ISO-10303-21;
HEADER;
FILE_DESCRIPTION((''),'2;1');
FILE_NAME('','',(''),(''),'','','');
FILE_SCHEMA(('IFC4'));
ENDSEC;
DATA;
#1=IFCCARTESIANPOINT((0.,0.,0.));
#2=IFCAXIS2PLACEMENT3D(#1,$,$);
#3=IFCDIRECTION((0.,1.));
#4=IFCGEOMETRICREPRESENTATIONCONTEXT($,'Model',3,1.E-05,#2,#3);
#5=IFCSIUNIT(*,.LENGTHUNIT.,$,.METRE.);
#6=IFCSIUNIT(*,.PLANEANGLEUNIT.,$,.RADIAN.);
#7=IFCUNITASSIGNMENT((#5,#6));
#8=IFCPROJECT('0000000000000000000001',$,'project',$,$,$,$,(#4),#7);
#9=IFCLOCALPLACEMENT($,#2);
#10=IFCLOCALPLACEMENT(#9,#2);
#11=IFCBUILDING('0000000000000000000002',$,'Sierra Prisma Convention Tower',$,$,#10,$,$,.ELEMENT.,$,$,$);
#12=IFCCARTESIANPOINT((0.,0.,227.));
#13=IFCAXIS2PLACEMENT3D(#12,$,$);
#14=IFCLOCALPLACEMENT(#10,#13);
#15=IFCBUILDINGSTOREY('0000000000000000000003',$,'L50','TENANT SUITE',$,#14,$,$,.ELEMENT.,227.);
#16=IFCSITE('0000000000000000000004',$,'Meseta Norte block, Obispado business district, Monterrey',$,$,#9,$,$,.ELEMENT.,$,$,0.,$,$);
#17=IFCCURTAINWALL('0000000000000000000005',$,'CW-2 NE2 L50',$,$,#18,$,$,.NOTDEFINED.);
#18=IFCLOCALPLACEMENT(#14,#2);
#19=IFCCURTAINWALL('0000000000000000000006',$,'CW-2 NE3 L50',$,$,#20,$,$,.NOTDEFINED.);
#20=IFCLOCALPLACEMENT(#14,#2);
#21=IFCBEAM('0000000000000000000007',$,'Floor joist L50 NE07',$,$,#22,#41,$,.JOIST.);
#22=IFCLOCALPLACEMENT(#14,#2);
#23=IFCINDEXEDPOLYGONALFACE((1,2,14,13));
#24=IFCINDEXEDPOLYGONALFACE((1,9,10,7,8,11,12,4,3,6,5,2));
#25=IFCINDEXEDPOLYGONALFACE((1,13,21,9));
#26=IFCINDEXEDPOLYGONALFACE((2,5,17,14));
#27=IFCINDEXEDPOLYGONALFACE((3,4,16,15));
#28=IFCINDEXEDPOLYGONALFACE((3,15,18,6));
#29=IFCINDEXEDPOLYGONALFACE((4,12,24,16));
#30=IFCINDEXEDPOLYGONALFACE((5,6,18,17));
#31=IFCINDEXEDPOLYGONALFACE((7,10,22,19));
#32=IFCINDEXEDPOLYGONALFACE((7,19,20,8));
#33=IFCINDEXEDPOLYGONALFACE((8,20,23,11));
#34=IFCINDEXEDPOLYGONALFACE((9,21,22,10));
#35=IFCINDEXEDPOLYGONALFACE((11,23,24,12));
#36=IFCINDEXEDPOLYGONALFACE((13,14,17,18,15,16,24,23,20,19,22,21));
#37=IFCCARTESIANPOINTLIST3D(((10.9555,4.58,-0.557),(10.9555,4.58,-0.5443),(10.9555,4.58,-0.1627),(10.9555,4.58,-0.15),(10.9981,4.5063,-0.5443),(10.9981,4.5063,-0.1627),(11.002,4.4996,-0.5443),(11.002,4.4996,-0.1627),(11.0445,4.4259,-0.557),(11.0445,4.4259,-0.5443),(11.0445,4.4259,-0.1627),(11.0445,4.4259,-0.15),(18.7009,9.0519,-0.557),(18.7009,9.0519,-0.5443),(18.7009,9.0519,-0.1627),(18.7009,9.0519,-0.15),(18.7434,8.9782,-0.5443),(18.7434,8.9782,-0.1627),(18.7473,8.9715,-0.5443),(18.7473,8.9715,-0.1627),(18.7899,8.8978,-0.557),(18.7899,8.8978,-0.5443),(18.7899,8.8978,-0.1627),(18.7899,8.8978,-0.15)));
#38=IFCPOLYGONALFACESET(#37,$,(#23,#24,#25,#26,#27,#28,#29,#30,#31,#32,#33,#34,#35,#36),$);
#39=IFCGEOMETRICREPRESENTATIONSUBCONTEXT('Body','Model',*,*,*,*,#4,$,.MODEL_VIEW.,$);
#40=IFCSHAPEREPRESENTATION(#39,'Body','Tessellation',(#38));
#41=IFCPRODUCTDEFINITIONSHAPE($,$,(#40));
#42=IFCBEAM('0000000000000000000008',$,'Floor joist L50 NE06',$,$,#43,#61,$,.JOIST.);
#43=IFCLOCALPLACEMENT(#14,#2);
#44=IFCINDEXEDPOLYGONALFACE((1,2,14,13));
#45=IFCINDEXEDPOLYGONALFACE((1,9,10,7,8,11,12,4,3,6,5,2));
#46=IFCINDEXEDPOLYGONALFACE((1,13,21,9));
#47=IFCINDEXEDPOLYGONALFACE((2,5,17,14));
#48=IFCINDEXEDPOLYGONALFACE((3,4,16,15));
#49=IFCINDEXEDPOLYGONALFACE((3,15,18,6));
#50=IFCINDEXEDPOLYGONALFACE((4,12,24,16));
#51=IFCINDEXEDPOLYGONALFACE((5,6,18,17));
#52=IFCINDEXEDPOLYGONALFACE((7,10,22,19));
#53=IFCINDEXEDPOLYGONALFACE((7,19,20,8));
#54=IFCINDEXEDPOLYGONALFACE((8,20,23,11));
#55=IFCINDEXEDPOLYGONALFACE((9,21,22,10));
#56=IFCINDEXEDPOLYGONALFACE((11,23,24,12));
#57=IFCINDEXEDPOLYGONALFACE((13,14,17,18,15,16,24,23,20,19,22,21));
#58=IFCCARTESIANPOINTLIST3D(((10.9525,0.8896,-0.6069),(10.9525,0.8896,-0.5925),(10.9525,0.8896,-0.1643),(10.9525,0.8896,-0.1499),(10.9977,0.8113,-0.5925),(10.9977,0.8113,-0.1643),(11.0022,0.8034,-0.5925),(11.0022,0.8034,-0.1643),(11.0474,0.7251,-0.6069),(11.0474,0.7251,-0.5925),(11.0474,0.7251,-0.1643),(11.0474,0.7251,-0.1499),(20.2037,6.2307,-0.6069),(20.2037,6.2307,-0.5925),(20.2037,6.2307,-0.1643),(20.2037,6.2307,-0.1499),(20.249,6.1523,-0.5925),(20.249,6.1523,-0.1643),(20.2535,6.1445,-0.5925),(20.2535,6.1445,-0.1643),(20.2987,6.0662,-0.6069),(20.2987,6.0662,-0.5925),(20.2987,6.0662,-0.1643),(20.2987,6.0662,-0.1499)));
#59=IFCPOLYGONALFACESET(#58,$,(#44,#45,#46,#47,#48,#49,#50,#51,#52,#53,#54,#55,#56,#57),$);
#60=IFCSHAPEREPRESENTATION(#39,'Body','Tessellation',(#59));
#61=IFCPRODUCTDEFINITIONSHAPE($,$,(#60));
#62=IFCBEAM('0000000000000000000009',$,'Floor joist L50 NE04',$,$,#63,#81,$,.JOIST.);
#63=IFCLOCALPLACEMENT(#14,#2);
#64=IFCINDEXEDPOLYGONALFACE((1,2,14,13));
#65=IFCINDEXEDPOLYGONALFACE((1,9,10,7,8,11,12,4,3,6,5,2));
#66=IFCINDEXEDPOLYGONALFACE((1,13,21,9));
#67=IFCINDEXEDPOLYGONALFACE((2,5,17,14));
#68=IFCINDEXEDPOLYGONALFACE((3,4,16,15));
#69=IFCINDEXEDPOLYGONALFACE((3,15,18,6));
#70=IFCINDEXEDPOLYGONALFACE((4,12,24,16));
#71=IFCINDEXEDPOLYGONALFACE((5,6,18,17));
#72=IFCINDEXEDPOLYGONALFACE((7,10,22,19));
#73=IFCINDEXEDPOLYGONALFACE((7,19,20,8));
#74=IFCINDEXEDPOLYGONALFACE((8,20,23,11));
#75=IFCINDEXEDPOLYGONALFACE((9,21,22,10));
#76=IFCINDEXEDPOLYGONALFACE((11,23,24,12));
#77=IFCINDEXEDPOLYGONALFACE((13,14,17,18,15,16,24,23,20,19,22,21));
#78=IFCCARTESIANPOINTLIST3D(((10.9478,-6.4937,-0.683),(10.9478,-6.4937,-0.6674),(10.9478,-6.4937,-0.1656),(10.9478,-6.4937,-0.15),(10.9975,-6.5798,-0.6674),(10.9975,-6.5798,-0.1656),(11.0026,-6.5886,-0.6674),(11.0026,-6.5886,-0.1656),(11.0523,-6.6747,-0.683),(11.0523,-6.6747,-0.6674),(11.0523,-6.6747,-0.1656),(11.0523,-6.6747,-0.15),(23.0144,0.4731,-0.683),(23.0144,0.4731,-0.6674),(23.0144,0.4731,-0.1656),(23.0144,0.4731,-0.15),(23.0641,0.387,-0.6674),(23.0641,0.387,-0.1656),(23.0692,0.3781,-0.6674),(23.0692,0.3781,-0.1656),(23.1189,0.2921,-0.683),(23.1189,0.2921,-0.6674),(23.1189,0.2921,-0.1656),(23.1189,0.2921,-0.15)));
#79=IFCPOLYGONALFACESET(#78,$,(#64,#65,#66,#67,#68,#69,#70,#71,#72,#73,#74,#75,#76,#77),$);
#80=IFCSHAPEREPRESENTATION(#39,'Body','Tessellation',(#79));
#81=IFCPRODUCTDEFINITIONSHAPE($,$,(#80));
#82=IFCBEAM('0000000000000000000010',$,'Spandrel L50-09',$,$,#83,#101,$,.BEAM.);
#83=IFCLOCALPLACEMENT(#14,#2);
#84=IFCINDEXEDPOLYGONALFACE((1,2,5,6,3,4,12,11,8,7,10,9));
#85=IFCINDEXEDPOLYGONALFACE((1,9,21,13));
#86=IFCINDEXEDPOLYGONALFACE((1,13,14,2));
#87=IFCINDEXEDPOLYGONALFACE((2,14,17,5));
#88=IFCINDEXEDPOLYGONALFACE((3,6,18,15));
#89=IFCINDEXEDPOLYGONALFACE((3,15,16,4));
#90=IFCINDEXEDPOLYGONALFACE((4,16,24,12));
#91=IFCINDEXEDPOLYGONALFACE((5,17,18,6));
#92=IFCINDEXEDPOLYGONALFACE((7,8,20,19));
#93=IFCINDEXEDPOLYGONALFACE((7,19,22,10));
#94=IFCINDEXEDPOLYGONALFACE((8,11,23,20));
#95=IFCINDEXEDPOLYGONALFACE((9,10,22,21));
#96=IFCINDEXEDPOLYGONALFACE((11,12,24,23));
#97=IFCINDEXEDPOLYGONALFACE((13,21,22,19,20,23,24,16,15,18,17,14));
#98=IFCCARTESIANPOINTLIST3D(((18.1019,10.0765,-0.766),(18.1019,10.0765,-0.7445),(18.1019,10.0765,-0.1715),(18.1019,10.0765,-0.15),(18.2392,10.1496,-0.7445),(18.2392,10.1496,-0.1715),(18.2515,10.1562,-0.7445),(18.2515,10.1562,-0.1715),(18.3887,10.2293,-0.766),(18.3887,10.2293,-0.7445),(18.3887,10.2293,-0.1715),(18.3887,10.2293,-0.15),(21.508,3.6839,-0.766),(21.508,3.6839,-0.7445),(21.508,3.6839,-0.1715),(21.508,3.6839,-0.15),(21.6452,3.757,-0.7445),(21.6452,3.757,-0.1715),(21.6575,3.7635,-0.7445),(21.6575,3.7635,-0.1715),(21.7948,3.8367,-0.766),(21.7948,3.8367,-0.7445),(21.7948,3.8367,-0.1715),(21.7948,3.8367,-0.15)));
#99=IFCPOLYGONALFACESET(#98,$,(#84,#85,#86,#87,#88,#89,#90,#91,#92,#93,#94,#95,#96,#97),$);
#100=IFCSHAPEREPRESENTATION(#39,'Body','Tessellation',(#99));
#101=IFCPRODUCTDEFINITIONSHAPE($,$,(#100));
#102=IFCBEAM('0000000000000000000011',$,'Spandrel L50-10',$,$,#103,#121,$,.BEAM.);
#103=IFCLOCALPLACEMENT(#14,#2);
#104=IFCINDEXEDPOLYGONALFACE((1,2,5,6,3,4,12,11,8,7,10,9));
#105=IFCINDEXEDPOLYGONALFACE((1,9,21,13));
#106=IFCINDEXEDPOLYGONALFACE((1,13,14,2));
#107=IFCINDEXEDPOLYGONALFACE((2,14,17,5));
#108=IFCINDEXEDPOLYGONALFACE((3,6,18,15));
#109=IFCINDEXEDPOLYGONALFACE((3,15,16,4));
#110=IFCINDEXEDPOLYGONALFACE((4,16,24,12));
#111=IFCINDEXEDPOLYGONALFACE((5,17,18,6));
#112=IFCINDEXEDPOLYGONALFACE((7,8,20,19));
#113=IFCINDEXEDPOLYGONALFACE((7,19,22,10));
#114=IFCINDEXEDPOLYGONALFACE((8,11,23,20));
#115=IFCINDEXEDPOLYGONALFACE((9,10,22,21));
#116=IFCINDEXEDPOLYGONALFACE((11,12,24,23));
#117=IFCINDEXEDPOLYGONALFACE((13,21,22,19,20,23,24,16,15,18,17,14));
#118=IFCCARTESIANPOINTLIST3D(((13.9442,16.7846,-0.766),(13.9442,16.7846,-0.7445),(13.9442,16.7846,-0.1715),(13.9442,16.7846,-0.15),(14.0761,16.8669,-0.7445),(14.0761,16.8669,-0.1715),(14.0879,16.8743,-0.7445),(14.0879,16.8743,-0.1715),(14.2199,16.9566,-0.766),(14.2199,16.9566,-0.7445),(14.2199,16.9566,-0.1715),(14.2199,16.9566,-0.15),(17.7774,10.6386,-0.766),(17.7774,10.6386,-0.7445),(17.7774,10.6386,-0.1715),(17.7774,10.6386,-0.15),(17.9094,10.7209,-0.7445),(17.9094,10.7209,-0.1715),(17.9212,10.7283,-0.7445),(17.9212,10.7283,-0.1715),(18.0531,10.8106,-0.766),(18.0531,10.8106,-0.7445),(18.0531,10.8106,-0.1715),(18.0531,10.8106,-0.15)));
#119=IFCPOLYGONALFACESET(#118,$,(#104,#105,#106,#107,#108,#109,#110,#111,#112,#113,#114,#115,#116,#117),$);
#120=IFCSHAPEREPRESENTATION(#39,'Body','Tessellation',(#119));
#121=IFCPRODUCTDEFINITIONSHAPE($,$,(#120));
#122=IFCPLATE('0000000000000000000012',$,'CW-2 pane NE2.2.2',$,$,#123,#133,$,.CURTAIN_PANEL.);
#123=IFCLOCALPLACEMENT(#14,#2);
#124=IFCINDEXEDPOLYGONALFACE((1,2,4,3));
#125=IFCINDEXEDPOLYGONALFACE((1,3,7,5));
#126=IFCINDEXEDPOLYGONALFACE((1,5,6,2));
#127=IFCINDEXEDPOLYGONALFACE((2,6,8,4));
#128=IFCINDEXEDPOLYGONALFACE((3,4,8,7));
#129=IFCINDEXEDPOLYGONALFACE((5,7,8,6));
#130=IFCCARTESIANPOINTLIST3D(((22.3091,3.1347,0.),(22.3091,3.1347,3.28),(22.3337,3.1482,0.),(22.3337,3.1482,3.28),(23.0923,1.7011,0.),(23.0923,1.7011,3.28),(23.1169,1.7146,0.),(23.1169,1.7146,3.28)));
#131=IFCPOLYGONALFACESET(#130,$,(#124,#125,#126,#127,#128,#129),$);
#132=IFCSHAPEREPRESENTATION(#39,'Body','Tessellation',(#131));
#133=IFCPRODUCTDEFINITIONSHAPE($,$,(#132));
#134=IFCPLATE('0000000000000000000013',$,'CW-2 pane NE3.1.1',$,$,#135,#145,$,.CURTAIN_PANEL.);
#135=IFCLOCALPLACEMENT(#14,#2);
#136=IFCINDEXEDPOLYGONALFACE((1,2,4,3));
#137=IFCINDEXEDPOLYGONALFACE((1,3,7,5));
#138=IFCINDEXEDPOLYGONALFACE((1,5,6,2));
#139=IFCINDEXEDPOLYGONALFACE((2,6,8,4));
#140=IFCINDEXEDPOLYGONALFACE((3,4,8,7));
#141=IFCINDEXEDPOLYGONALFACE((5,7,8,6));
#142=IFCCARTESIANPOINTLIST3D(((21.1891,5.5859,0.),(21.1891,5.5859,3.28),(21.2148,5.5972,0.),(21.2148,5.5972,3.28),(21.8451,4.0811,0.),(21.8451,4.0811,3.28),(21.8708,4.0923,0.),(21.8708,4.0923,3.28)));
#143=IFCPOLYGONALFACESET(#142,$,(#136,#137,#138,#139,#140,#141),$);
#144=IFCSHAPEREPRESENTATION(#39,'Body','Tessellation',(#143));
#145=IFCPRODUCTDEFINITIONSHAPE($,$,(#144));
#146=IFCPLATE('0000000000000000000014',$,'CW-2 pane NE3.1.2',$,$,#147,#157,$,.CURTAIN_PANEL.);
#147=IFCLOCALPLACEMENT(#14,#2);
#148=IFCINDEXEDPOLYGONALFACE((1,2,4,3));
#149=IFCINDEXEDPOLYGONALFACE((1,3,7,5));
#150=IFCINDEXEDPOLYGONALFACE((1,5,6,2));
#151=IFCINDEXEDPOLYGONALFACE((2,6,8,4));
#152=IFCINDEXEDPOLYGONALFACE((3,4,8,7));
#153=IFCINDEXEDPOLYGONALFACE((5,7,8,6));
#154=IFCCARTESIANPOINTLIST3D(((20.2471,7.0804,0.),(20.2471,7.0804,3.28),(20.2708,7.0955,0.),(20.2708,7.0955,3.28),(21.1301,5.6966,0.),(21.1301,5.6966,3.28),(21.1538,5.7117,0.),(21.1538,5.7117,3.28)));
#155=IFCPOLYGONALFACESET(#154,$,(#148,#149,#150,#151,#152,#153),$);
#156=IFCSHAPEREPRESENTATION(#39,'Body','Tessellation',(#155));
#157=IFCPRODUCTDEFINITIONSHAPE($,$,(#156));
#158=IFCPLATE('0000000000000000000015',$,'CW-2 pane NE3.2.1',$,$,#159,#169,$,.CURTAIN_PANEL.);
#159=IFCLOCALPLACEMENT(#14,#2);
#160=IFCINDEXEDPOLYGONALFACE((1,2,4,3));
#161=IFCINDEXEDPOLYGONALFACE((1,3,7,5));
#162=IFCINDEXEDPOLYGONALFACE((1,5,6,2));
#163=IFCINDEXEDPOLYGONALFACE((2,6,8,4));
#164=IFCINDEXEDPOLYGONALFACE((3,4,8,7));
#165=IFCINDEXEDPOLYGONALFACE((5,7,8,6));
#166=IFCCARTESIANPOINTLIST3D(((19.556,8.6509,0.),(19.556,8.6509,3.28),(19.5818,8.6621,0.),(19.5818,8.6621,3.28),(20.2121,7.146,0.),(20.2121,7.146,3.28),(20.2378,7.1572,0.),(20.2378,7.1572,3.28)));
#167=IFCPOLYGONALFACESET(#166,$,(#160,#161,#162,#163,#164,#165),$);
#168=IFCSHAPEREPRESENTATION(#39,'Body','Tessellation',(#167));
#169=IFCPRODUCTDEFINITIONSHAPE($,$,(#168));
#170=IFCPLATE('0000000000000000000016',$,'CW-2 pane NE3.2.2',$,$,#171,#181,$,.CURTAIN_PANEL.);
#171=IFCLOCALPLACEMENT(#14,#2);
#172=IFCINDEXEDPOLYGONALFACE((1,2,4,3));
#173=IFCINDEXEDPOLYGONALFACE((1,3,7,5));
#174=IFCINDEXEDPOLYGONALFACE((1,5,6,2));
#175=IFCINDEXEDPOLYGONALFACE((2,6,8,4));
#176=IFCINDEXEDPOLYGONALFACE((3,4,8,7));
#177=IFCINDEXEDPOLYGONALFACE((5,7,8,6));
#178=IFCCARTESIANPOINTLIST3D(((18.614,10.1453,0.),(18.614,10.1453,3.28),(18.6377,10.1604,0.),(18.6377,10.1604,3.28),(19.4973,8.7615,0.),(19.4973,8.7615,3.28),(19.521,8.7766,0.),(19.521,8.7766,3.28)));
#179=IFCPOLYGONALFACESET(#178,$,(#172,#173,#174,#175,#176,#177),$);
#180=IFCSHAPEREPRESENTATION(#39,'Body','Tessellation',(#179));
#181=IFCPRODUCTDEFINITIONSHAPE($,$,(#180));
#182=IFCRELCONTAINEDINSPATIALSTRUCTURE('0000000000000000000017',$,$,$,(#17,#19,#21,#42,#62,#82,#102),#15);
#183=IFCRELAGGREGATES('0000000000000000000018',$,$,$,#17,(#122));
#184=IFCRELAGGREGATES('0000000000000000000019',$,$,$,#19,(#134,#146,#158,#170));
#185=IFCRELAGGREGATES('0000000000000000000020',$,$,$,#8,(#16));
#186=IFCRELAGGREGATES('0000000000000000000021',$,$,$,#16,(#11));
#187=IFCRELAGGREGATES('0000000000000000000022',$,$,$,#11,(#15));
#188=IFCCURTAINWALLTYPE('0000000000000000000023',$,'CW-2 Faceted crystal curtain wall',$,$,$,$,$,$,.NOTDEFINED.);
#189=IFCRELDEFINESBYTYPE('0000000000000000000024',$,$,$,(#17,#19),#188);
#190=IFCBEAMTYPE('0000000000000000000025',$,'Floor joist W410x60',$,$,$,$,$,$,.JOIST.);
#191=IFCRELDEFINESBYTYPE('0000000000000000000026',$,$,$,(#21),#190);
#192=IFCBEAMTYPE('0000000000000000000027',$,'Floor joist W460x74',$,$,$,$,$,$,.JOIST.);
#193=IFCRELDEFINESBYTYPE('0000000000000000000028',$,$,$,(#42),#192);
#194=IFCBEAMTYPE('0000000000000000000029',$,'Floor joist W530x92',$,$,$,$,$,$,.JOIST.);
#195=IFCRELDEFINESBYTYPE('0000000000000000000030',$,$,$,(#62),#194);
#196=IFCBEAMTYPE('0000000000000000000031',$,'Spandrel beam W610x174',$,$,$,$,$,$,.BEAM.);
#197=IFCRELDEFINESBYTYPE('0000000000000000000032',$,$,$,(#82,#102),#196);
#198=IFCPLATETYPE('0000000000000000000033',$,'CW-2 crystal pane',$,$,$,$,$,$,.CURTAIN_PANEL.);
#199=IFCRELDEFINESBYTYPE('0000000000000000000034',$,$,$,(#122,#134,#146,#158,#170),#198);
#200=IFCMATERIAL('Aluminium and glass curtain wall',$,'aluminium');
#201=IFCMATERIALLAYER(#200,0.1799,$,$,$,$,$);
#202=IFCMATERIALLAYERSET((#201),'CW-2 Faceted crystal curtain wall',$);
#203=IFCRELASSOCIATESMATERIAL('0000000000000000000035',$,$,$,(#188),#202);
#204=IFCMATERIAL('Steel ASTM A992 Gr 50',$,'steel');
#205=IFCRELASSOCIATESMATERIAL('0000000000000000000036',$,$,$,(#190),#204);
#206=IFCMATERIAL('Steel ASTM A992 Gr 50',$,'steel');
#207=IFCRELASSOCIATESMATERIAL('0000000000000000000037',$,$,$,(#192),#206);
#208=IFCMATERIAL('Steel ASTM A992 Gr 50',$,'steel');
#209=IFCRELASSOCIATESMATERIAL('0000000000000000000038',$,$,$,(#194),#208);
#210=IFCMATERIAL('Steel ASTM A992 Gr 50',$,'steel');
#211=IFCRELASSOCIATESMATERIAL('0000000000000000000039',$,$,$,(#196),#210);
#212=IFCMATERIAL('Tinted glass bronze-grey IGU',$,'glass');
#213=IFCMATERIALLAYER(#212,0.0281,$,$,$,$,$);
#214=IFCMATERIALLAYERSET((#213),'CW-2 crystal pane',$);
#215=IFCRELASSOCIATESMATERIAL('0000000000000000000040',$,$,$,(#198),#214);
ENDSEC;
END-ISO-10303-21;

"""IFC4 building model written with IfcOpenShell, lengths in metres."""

from ifc_helpers import new_model, si_unit, direction, frame, origin, origin_2d, place, context, subcontext, project, spatial, polyline, i_section, outline, extrude, material, layer, layer_set, material_profile, profile_set, type_object, element, aggregate, save


model = new_model("IFC4")

# Units and contexts
model_context = context("Model", 3, precision=1e-05, world=origin(), true_north=direction((0.0, 1.0)))
body_context = subcontext(model_context, "Body", "Model", "MODEL_VIEW")
ifc_project = project(units=[si_unit("LENGTHUNIT", "METRE"), si_unit("PLANEANGLEUNIT", "RADIAN")], contexts=[model_context])

# Site, building, storey
site_placement = place(None, origin())
site = spatial("IfcSite", under=ifc_project, at=site_placement, Name="Meseta Norte block, Obispado business district, Monterrey", CompositionType="ELEMENT", RefElevation=0.0)
building_placement = place(site_placement, origin())
building = spatial("IfcBuilding", under=site, at=building_placement, Name="Sierra Prisma Convention Tower", CompositionType="ELEMENT")
storey_placement = place(building_placement, frame((0.0, 0.0, 227.0)))
storey = spatial("IfcBuildingStorey", under=building, at=storey_placement, Name="L50", Description="TENANT SUITE", CompositionType="ELEMENT", Elevation=227.0)

# Curtain wall
ifc_material_1 = material(Name="Aluminium and glass curtain wall", Category="aluminium")
ifc_layer_1 = layer(ifc_material_1, 0.1799)
ifc_layer_set_1 = layer_set([ifc_layer_1], Name="CW-2 Faceted crystal curtain wall")
curtain_wall_type = type_object("IfcCurtainWallType", Name="CW-2 Faceted crystal curtain wall", PredefinedType="NOTDEFINED", material=ifc_layer_set_1)
curtain_wall_1_placement = place(storey_placement, origin())
curtain_wall_1 = element("IfcCurtainWall", 1, at=curtain_wall_1_placement, inside=storey, type_object=curtain_wall_type, Name="CW-2 NE2 L50", PredefinedType="NOTDEFINED")

# Curtain wall
curtain_wall_2_placement = place(storey_placement, origin())
curtain_wall_2 = element("IfcCurtainWall", 2, at=curtain_wall_2_placement, inside=storey, type_object=curtain_wall_type, Name="CW-2 NE3 L50", PredefinedType="NOTDEFINED")

# Beams
ifc_material_2 = material(Name="Steel ASTM A992 Gr 50", Category="steel")
ifc_material_profile_1 = material_profile(ifc_material_2, i_section(OverallWidth=0.178, OverallDepth=0.407, WebThickness=0.0078, FlangeThickness=0.0127, at=origin_2d()), Name="W410x60")
ifc_profile_set_1 = profile_set([ifc_material_profile_1], Name="Steel ASTM A992 Gr 50")
beam_type_1 = type_object("IfcBeamType", Name="Floor joist W410x60", PredefinedType="JOIST", material=ifc_profile_set_1)
beam_1_placement = place(storey_placement, frame((18.7454, 8.9749, -0.3535), z_axis=(-0.866019, -0.500012, 0.0), x_axis=(0.500012, -0.866019, 0.0)))
element("IfcBeam", 3, at=beam_1_placement, inside=storey, type_object=beam_type_1, Name="Floor joist L50 NE07", PredefinedType="JOIST", context=body_context, shape_type="SweptSolid", body=[
    extrude(i_section(OverallWidth=0.178, OverallDepth=0.407, WebThickness=0.0078, FlangeThickness=0.0127, at=origin_2d()), origin(), (0.0, 0.0, 1.0), 8.9436),
])
ifc_material_3 = material(Name="Steel ASTM A992 Gr 50", Category="steel")
ifc_material_profile_2 = material_profile(ifc_material_3, i_section(OverallWidth=0.1899, OverallDepth=0.457, WebThickness=0.009, FlangeThickness=0.0144, at=origin_2d()), Name="W460x74")
ifc_profile_set_2 = profile_set([ifc_material_profile_2], Name="Steel ASTM A992 Gr 50")
beam_type_2 = type_object("IfcBeamType", Name="Floor joist W460x74", PredefinedType="JOIST", material=ifc_profile_set_2)
beam_2_placement = place(storey_placement, frame((20.2512, 6.1484, -0.3784), z_axis=(-0.866031, -0.499991, 0.0), x_axis=(0.499991, -0.866031, 0.0)))
element("IfcBeam", 4, at=beam_2_placement, inside=storey, type_object=beam_type_2, Name="Floor joist L50 NE06", PredefinedType="JOIST", context=body_context, shape_type="SweptSolid", body=[
    extrude(i_section(OverallWidth=0.1899, OverallDepth=0.457, WebThickness=0.009, FlangeThickness=0.0144, at=origin_2d()), origin(), (0.0, 0.0, 1.0), 10.6824),
])
ifc_material_4 = material(Name="Steel ASTM A992 Gr 50", Category="steel")
ifc_material_profile_3 = material_profile(ifc_material_4, i_section(OverallWidth=0.209, OverallDepth=0.533, WebThickness=0.0103, FlangeThickness=0.0156, at=origin_2d()), Name="W530x92")
ifc_profile_set_3 = profile_set([ifc_material_profile_3], Name="Steel ASTM A992 Gr 50")
beam_type_3 = type_object("IfcBeamType", Name="Floor joist W530x92", PredefinedType="JOIST", material=ifc_profile_set_3)
beam_3_placement = place(storey_placement, frame((23.0667, 0.3826, -0.4165), z_axis=(-0.866022, -0.500006, 0.0), x_axis=(0.500006, -0.866022, 0.0)))
element("IfcBeam", 5, at=beam_3_placement, inside=storey, type_object=beam_type_3, Name="Floor joist L50 NE04", PredefinedType="JOIST", context=body_context, shape_type="SweptSolid", body=[
    extrude(i_section(OverallWidth=0.209, OverallDepth=0.533, WebThickness=0.0103, FlangeThickness=0.0156, at=origin_2d()), origin(), (0.0, 0.0, 1.0), 13.9333),
])
ifc_material_5 = material(Name="Steel ASTM A992 Gr 50", Category="steel")
ifc_material_profile_4 = material_profile(ifc_material_5, i_section(OverallWidth=0.325, OverallDepth=0.616, WebThickness=0.0139, FlangeThickness=0.0215, at=origin_2d()), Name="W610x174")
ifc_profile_set_4 = profile_set([ifc_material_profile_4], Name="Steel ASTM A992 Gr 50")
beam_type_4 = type_object("IfcBeamType", Name="Spandrel beam W610x174", PredefinedType="BEAM", material=ifc_profile_set_4)
for number, where, z_axis, x_axis, name in (
    (6, (21.6514, 3.7603, -0.458), (-0.470226, 0.882546, 0.0), (-0.882546, -0.470226, 0.0), "Spandrel L50-09"),
    (7, (17.9153, 10.7246, -0.458), (-0.529205, 0.848494, 0.0), (-0.848494, -0.529205, 0.0), "Spandrel L50-10"),
):
    element("IfcBeam", number, at=place(storey_placement, frame(where, z_axis=z_axis, x_axis=x_axis)), inside=storey, type_object=beam_type_4, Name=name, PredefinedType="BEAM", context=body_context, shape_type="SweptSolid", body=[
        extrude(i_section(OverallWidth=0.325, OverallDepth=0.616, WebThickness=0.0139, FlangeThickness=0.0215, at=origin_2d()), origin(), (0.0, 0.0, 1.0), 7.2434),
    ])

# Plates
ifc_material_6 = material(Name="Tinted glass bronze-grey IGU", Category="glass")
ifc_layer_2 = layer(ifc_material_6, 0.0281)
ifc_layer_set_2 = layer_set([ifc_layer_2], Name="CW-2 crystal pane")
plate_type = type_object("IfcPlateType", Name="CW-2 crystal pane", PredefinedType="CURTAIN_PANEL", material=ifc_layer_set_2)
plate_1_placement = place(storey_placement, frame((22.3337, 3.1482, 0.0), z_axis=(0.877576, 0.479438, 0.0), x_axis=(0.479438, -0.877576, 0.0)))
plate_1 = element("IfcPlate", 8, at=plate_1_placement, type_object=plate_type, Name="CW-2 pane NE2.2.2", PredefinedType="CURTAIN_PANEL", context=body_context, shape_type="SweptSolid", body=[
    extrude(outline(polyline([(0.0, 0.0), (1.6336, 0.0), (1.6336, -3.28), (0.0, -3.28), (0.0, 0.0)])), origin(), (0.0, 0.0, -1.0), 0.0281),
])
aggregate(curtain_wall_1, [plate_1])
plate_2_placement = place(storey_placement, frame((21.8708, 4.0923, 0.0), z_axis=(0.916689, 0.399601, 0.0), x_axis=(-0.399601, 0.916689, 0.0)))
plate_2 = element("IfcPlate", 9, at=plate_2_placement, type_object=plate_type, Name="CW-2 pane NE3.1.1", PredefinedType="CURTAIN_PANEL", context=body_context, shape_type="SweptSolid", body=[
    extrude(outline(polyline([(0.0, 0.0), (1.6417, 0.0), (1.6417, 3.28), (0.0, 3.28), (0.0, 0.0)])), origin(), (0.0, 0.0, -1.0), 0.0281),
])
plate_3_placement = place(storey_placement, frame((20.2708, 7.0955, 0.0), z_axis=(0.842981, 0.537943, 0.0), x_axis=(0.537943, -0.842981, 0.0)))
plate_3 = element("IfcPlate", 10, at=plate_3_placement, type_object=plate_type, Name="CW-2 pane NE3.1.2", PredefinedType="CURTAIN_PANEL", context=body_context, shape_type="SweptSolid", body=[
    extrude(outline(polyline([(0.0, 0.0), (1.6415, 0.0), (1.6415, -3.28), (0.0, -3.28), (0.0, 0.0)])), origin(), (0.0, 0.0, -1.0), 0.0281),
])
plate_4_placement = place(storey_placement, frame((20.2378, 7.1572, 0.0), z_axis=(0.916689, 0.399601, 0.0), x_axis=(-0.399601, 0.916689, 0.0)))
plate_4 = element("IfcPlate", 11, at=plate_4_placement, type_object=plate_type, Name="CW-2 pane NE3.2.1", PredefinedType="CURTAIN_PANEL", context=body_context, shape_type="SweptSolid", body=[
    extrude(outline(polyline([(0.0, 0.0), (1.6417, 0.0), (1.6417, 3.28), (0.0, 3.28), (0.0, 0.0)])), origin(), (0.0, 0.0, -1.0), 0.0281),
])
plate_5_placement = place(storey_placement, frame((18.6377, 10.1604, 0.0), z_axis=(0.842914, 0.538049, 0.0), x_axis=(0.538049, -0.842914, 0.0)))
plate_5 = element("IfcPlate", 12, at=plate_5_placement, type_object=plate_type, Name="CW-2 pane NE3.2.2", PredefinedType="CURTAIN_PANEL", context=body_context, shape_type="SweptSolid", body=[
    extrude(outline(polyline([(0.0, 0.0), (1.6417, 0.0), (1.6417, -3.28), (0.0, -3.28), (0.0, 0.0)])), origin(), (0.0, 0.0, -1.0), 0.0281),
])
aggregate(curtain_wall_2, [plate_2, plate_3, plate_4, plate_5])

save(model, "model.ifc")
